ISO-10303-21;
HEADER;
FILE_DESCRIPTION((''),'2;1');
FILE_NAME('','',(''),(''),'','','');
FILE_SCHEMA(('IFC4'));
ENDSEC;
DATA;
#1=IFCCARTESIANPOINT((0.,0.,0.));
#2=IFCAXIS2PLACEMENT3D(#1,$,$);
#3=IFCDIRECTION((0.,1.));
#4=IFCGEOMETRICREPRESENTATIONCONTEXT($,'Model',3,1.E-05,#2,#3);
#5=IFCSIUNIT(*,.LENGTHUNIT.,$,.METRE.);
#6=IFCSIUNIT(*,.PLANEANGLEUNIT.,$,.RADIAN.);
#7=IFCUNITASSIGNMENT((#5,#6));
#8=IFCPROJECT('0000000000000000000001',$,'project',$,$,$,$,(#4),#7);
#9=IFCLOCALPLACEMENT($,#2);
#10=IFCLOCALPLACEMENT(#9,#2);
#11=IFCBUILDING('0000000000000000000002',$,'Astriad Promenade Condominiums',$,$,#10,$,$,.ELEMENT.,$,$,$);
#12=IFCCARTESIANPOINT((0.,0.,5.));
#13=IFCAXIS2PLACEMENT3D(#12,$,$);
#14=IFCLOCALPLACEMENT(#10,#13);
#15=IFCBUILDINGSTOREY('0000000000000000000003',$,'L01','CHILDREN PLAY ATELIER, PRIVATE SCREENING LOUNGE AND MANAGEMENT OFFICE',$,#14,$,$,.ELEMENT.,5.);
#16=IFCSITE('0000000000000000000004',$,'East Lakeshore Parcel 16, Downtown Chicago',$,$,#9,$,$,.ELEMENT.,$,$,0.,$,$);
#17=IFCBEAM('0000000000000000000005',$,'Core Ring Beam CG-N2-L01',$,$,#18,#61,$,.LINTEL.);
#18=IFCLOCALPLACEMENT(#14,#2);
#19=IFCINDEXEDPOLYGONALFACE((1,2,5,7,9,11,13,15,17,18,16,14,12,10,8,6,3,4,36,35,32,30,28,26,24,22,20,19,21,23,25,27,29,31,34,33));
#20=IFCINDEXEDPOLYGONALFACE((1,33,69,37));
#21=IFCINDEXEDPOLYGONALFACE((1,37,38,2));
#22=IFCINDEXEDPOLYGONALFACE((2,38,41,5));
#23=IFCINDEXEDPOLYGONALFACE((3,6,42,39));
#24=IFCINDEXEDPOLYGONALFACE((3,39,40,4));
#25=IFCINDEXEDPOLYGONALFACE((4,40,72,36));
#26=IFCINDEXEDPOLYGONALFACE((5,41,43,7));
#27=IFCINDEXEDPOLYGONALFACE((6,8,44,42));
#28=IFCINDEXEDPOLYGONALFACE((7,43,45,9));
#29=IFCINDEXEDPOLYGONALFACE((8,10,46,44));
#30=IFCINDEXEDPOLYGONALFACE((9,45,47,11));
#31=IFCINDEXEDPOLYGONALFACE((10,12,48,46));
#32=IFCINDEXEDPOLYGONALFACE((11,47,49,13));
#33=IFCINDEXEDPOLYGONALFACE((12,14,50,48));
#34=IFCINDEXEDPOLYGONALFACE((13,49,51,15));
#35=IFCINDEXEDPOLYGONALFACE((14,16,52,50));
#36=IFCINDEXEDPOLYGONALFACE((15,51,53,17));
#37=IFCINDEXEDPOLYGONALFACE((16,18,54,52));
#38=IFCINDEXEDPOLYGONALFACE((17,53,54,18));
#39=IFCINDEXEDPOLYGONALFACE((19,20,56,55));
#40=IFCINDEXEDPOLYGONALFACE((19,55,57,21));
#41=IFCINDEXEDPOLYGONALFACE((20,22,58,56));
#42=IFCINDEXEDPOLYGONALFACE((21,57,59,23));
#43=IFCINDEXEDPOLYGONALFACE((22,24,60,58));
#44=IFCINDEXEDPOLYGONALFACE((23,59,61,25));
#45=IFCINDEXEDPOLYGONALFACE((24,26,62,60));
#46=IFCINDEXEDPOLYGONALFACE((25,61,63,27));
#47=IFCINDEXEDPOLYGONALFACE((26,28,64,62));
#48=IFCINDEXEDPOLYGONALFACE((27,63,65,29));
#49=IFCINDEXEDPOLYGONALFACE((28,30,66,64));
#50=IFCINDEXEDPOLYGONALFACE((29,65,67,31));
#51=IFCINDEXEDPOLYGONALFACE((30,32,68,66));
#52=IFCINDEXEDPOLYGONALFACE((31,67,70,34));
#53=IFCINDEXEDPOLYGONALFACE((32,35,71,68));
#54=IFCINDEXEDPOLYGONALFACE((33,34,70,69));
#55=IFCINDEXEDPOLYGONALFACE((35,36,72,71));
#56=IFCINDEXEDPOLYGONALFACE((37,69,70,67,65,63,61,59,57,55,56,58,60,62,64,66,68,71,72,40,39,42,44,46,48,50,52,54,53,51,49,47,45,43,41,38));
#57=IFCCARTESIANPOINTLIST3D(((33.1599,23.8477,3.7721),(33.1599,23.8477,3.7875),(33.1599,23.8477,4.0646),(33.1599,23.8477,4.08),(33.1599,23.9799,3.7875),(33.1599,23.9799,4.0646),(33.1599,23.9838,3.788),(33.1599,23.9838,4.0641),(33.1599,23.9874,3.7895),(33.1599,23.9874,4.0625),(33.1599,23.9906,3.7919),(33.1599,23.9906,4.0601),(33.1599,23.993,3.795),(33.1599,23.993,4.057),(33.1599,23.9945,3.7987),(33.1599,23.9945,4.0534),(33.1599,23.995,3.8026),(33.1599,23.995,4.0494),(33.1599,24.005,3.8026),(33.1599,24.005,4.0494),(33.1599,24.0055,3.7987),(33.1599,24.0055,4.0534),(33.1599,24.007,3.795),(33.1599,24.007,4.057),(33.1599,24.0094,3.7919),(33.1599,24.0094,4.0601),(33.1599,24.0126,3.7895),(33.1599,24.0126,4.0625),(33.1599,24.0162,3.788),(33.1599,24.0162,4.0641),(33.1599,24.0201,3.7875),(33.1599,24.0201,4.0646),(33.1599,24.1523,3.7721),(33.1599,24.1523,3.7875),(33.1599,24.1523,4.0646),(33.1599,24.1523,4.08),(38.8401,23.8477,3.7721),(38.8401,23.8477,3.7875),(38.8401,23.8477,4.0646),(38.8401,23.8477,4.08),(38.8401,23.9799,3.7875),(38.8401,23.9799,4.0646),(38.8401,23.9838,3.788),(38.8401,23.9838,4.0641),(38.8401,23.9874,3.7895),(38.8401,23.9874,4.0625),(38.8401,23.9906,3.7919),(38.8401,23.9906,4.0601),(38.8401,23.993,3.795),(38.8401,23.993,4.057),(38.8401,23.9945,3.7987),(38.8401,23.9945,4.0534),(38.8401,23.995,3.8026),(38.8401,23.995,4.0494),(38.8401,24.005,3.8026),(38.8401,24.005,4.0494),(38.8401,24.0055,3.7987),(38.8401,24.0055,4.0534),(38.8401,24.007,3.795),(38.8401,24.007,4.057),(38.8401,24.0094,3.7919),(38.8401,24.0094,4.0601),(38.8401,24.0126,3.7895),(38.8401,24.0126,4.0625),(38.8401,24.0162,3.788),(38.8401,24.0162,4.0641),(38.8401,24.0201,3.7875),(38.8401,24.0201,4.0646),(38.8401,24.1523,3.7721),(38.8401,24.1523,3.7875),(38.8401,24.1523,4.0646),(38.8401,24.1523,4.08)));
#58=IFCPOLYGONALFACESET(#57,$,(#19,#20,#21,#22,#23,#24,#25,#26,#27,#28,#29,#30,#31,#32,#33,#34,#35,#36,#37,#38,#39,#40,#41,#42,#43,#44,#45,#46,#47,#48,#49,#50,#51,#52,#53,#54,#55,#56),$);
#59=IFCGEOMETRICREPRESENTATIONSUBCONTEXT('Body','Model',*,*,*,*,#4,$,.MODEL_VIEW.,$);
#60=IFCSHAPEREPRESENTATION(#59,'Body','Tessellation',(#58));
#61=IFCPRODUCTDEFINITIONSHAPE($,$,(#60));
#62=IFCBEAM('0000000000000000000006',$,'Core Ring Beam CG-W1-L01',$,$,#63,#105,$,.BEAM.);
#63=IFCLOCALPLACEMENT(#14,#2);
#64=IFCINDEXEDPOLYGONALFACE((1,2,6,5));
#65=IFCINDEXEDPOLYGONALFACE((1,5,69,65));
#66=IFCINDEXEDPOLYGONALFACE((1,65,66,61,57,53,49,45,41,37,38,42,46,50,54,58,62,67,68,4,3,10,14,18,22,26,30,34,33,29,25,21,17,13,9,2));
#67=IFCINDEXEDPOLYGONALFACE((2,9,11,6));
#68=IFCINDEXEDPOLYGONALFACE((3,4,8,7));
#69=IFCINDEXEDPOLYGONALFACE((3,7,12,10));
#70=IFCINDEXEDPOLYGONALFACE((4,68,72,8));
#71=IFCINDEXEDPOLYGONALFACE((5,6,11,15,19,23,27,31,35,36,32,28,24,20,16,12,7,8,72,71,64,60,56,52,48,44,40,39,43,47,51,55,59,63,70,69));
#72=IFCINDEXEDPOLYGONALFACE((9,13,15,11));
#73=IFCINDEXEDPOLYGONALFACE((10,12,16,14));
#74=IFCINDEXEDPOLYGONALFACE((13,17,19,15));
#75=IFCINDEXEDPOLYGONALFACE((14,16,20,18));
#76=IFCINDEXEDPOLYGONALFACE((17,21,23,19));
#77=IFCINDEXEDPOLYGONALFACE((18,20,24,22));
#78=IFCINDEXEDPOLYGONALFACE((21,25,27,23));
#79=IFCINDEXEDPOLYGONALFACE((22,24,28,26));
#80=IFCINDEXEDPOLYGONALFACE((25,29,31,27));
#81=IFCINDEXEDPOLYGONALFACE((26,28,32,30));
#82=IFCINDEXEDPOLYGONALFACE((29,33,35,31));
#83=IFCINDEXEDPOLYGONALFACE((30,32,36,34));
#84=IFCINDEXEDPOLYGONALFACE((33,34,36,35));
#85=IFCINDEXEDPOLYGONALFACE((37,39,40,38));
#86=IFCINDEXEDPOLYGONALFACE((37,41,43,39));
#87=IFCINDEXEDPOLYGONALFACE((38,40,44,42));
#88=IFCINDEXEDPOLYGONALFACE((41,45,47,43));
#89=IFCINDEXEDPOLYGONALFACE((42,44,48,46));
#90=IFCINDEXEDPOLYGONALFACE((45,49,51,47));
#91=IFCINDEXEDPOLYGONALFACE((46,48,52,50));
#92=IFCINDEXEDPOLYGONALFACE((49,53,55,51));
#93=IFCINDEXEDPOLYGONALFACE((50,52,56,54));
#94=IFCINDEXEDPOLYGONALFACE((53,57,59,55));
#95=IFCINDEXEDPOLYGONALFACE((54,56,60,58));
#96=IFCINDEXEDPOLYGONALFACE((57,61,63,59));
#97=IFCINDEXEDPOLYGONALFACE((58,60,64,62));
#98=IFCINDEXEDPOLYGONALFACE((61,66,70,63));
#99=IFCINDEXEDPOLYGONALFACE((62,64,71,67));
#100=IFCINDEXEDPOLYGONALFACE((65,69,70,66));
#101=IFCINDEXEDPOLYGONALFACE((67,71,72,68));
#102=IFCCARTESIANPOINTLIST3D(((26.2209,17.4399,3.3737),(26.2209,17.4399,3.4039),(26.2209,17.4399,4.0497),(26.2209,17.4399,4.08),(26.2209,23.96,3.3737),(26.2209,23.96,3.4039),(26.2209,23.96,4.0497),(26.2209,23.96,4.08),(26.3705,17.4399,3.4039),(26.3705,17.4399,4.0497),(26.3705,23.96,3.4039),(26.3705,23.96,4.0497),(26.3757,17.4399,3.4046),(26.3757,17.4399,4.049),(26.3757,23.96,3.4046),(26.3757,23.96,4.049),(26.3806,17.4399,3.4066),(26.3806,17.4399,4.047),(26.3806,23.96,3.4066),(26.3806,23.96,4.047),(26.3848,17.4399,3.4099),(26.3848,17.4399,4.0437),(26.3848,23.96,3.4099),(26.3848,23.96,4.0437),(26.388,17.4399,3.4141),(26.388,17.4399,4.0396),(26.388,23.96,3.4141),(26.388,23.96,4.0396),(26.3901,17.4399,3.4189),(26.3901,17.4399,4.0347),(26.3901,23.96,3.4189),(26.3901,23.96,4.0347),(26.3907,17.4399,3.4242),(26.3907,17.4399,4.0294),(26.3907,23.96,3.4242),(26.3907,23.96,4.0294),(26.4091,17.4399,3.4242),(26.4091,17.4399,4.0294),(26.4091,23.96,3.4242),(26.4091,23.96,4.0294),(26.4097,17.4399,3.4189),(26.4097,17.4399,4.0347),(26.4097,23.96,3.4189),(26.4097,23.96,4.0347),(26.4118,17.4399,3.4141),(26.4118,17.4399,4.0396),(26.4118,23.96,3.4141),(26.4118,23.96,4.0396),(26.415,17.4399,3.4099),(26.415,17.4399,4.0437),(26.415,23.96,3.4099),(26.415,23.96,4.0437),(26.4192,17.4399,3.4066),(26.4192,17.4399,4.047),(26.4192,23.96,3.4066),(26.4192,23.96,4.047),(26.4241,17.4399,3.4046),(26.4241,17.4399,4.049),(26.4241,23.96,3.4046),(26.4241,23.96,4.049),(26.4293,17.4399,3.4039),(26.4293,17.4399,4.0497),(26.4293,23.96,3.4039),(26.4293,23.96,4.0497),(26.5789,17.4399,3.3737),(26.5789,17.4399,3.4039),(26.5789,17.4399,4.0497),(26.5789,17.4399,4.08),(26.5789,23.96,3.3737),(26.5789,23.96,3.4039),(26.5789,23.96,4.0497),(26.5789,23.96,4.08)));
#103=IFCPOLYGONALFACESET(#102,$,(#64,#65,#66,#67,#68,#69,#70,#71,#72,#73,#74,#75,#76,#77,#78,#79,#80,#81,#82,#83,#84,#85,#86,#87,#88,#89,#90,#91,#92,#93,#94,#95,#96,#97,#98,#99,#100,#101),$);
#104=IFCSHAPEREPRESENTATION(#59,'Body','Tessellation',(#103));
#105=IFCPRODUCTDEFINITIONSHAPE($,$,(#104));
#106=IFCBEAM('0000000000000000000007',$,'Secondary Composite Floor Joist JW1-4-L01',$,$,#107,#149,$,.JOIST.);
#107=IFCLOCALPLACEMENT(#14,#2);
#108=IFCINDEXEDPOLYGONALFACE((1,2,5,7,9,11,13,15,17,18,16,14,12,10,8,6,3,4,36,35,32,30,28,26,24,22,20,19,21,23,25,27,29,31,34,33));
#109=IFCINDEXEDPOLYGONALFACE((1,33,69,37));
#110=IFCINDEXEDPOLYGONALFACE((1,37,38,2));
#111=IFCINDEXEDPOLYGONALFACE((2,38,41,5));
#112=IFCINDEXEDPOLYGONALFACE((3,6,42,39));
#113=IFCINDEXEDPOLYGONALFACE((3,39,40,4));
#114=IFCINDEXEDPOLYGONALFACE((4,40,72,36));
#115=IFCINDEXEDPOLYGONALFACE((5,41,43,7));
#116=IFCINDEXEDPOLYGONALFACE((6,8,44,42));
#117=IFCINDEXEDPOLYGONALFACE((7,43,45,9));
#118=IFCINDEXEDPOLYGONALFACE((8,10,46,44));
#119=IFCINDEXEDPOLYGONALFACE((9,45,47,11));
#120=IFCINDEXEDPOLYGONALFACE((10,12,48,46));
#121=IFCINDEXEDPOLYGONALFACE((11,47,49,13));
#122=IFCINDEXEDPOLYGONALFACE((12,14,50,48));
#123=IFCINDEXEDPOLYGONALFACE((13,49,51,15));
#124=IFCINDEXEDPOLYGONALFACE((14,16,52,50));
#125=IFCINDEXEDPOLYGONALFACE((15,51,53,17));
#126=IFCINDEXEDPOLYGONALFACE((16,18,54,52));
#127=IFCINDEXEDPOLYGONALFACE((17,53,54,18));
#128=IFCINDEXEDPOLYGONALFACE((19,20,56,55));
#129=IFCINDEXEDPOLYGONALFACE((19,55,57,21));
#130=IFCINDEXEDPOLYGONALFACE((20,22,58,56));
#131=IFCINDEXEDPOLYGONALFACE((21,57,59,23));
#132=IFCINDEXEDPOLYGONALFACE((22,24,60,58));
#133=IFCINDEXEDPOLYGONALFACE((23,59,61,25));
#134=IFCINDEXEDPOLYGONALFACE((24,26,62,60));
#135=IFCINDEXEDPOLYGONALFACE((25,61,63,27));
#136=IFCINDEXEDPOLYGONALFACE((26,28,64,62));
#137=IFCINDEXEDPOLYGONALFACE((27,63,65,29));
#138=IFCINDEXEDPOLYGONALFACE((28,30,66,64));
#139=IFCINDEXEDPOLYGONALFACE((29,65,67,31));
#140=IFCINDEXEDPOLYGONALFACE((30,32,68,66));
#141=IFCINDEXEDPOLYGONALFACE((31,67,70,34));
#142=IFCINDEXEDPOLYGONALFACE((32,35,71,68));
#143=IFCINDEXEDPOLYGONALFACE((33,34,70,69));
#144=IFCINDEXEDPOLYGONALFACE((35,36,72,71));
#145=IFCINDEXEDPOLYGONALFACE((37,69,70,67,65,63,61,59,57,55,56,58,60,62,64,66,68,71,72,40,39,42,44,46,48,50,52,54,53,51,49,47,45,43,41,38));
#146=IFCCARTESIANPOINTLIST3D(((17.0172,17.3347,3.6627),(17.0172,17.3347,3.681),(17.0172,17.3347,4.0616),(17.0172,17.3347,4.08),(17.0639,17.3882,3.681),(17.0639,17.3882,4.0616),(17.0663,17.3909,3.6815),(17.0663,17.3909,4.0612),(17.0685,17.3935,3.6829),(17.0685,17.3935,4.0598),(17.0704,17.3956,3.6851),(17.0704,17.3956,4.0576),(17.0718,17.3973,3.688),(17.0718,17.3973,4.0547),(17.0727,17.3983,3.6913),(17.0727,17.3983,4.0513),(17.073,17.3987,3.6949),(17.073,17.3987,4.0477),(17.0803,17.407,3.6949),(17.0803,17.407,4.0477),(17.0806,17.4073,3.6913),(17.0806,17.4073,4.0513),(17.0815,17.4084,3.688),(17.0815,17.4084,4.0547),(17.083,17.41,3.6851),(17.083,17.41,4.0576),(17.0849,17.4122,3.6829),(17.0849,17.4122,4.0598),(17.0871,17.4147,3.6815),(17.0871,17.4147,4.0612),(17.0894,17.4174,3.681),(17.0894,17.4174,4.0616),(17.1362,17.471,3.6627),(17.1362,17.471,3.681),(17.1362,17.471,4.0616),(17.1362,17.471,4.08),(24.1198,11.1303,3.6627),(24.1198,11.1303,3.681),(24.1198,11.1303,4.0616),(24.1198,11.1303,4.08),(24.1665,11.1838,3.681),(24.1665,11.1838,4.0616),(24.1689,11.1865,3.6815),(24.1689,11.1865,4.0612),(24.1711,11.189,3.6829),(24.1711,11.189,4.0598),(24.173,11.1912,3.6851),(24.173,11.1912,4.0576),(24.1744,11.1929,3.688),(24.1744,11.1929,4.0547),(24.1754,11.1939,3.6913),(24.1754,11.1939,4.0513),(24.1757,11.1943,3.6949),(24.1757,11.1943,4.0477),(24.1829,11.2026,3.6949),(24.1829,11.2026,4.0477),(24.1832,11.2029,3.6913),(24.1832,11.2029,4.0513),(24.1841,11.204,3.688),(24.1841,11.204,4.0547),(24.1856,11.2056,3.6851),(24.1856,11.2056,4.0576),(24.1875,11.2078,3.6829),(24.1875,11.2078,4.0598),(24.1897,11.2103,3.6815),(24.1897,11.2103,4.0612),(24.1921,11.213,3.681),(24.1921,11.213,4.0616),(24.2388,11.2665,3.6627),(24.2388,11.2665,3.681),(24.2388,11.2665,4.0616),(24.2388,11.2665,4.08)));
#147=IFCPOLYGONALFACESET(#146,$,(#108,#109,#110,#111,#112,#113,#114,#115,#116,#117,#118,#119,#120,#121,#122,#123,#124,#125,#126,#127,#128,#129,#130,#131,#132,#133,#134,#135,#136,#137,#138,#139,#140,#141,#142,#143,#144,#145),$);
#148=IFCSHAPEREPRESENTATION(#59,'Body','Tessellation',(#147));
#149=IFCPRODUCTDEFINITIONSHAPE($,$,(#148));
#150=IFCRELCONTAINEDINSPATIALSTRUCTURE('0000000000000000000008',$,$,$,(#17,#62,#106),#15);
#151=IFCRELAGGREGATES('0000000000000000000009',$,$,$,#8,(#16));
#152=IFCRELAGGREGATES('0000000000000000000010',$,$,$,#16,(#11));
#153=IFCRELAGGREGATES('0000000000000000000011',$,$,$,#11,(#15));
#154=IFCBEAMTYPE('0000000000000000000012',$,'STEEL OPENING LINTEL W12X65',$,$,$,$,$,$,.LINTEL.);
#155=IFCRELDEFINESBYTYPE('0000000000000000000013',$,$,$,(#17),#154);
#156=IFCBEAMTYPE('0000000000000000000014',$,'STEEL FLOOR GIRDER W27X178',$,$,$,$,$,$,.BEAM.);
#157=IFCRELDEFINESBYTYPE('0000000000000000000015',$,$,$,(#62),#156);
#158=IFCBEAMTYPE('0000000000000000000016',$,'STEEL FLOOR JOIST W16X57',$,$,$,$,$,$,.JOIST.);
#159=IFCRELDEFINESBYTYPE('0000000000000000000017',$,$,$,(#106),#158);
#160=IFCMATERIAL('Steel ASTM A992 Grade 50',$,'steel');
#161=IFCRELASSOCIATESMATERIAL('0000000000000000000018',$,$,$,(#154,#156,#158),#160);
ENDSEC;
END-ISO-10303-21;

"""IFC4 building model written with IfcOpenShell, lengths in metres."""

from ifc_helpers import new_model, si_unit, direction, frame, origin, origin_2d, place, context, subcontext, project, spatial, i_section, extrude, source, transform, mapped, material, material_profile, profile_set, type_object, type_shapes, element, save


model = new_model("IFC4")

# Units and contexts
model_context = context("Model", 3, precision=1e-05, world=origin(), true_north=direction((0.0, 1.0)))
body_context = subcontext(model_context, "Body", "Model", "MODEL_VIEW")
ifc_project = project(units=[si_unit("LENGTHUNIT", "METRE"), si_unit("PLANEANGLEUNIT", "RADIAN")], contexts=[model_context])

# Site, building, storey
site_placement = place(None, origin())
site = spatial("IfcSite", under=ifc_project, at=site_placement, Name="East Lakeshore Parcel 16, Downtown Chicago", CompositionType="ELEMENT", RefElevation=0.0)
building_placement = place(site_placement, origin())
building = spatial("IfcBuilding", under=site, at=building_placement, Name="Astriad Promenade Condominiums", CompositionType="ELEMENT")
storey_placement = place(building_placement, frame((0.0, 0.0, 5.0)))
storey = spatial("IfcBuildingStorey", under=building, at=storey_placement, Name="L01", Description="CHILDREN PLAY ATELIER, PRIVATE SCREENING LOUNGE AND MANAGEMENT OFFICE", CompositionType="ELEMENT", Elevation=5.0)

# Shared definitions
ifc_material_1 = material(Name="Steel ASTM A992 Grade 50", Category="steel")

# Beams
ifc_material_profile_1 = material_profile(ifc_material_1, i_section(OverallWidth=0.3047, OverallDepth=0.3079, WebThickness=0.01, FlangeThickness=0.0154, FilletRadius=0.0151, at=origin_2d()), Name="W12X65")
ifc_profile_set_1 = profile_set([ifc_material_profile_1], Name="Steel ASTM A992 Grade 50")
beam_type_1 = type_object("IfcBeamType", Name="STEEL OPENING LINTEL W12X65", PredefinedType="LINTEL", material=ifc_profile_set_1)
shared_shape_1 = source(origin(), body_context, "Body", "SweptSolid", [
    extrude(i_section(OverallWidth=0.3047, OverallDepth=0.3079, WebThickness=0.01, FlangeThickness=0.0154, FilletRadius=0.0151, at=origin_2d()), origin(), (0.0, 0.0, 1.0), 5.6802),
])
type_shapes(beam_type_1, [shared_shape_1])
beam_1_placement = place(storey_placement, frame((33.1599, 24.0, 3.926), z_axis=(1.0, 0.0, 0.0), x_axis=(0.0, 1.0, 0.0)))
element("IfcBeam", 1, at=beam_1_placement, inside=storey, type_object=beam_type_1, Name="Core Ring Beam CG-N2-L01", PredefinedType="LINTEL", context=body_context, shape_type="MappedRepresentation", body=[
    mapped(shared_shape_1, transform((0.0, 0.0, 0.0), scale=1.0)),
])
ifc_material_profile_2 = material_profile(ifc_material_1, i_section(OverallWidth=0.3579, OverallDepth=0.7063, WebThickness=0.0183, FlangeThickness=0.0303, FilletRadius=0.0203, at=origin_2d()), Name="W27X178")
ifc_profile_set_2 = profile_set([ifc_material_profile_2], Name="Steel ASTM A992 Grade 50")
beam_type_2 = type_object("IfcBeamType", Name="STEEL FLOOR GIRDER W27X178", PredefinedType="BEAM", material=ifc_profile_set_2)
shared_shape_2 = source(origin(), body_context, "Body", "SweptSolid", [
    extrude(i_section(OverallWidth=0.3579, OverallDepth=0.7063, WebThickness=0.0183, FlangeThickness=0.0303, FilletRadius=0.0203, at=origin_2d()), origin(), (0.0, 0.0, 1.0), 6.52),
])
type_shapes(beam_type_2, [shared_shape_2])
beam_2_placement = place(storey_placement, frame((26.3999, 17.4399, 3.7268), z_axis=(0.0, 1.0, 0.0), x_axis=(-1.0, 0.0, 0.0)))
element("IfcBeam", 2, at=beam_2_placement, inside=storey, type_object=beam_type_2, Name="Core Ring Beam CG-W1-L01", PredefinedType="BEAM", context=body_context, shape_type="MappedRepresentation", body=[
    mapped(shared_shape_2, transform((0.0, 0.0, 0.0), scale=1.0)),
])
ifc_material_profile_3 = material_profile(ifc_material_1, i_section(OverallWidth=0.1809, OverallDepth=0.4172, WebThickness=0.011, FlangeThickness=0.0183, FilletRadius=0.0139, at=origin_2d()), Name="W16X57")
ifc_profile_set_3 = profile_set([ifc_material_profile_3], Name="Steel ASTM A992 Grade 50")
beam_type_3 = type_object("IfcBeamType", Name="STEEL FLOOR JOIST W16X57", PredefinedType="JOIST", material=ifc_profile_set_3)
shared_shape_3 = source(origin(), body_context, "Body", "SweptSolid", [
    extrude(i_section(OverallWidth=0.1809, OverallDepth=0.4172, WebThickness=0.011, FlangeThickness=0.0183, FilletRadius=0.0139, at=origin_2d()), origin(), (0.0, 0.0, 1.0), 9.4309),
])
beam_3_placement = place(storey_placement, frame((17.0767, 17.4028, 3.8713), z_axis=(0.753122, -0.657881, 0.0), x_axis=(0.657881, 0.753122, 0.0)))
element("IfcBeam", 3, at=beam_3_placement, inside=storey, type_object=beam_type_3, Name="Secondary Composite Floor Joist JW1-4-L01", PredefinedType="JOIST", context=body_context, shape_type="MappedRepresentation", body=[
    mapped(shared_shape_3, transform((0.0, 0.0, 0.0), scale=1.0)),
])

save(model, "model.ifc")
